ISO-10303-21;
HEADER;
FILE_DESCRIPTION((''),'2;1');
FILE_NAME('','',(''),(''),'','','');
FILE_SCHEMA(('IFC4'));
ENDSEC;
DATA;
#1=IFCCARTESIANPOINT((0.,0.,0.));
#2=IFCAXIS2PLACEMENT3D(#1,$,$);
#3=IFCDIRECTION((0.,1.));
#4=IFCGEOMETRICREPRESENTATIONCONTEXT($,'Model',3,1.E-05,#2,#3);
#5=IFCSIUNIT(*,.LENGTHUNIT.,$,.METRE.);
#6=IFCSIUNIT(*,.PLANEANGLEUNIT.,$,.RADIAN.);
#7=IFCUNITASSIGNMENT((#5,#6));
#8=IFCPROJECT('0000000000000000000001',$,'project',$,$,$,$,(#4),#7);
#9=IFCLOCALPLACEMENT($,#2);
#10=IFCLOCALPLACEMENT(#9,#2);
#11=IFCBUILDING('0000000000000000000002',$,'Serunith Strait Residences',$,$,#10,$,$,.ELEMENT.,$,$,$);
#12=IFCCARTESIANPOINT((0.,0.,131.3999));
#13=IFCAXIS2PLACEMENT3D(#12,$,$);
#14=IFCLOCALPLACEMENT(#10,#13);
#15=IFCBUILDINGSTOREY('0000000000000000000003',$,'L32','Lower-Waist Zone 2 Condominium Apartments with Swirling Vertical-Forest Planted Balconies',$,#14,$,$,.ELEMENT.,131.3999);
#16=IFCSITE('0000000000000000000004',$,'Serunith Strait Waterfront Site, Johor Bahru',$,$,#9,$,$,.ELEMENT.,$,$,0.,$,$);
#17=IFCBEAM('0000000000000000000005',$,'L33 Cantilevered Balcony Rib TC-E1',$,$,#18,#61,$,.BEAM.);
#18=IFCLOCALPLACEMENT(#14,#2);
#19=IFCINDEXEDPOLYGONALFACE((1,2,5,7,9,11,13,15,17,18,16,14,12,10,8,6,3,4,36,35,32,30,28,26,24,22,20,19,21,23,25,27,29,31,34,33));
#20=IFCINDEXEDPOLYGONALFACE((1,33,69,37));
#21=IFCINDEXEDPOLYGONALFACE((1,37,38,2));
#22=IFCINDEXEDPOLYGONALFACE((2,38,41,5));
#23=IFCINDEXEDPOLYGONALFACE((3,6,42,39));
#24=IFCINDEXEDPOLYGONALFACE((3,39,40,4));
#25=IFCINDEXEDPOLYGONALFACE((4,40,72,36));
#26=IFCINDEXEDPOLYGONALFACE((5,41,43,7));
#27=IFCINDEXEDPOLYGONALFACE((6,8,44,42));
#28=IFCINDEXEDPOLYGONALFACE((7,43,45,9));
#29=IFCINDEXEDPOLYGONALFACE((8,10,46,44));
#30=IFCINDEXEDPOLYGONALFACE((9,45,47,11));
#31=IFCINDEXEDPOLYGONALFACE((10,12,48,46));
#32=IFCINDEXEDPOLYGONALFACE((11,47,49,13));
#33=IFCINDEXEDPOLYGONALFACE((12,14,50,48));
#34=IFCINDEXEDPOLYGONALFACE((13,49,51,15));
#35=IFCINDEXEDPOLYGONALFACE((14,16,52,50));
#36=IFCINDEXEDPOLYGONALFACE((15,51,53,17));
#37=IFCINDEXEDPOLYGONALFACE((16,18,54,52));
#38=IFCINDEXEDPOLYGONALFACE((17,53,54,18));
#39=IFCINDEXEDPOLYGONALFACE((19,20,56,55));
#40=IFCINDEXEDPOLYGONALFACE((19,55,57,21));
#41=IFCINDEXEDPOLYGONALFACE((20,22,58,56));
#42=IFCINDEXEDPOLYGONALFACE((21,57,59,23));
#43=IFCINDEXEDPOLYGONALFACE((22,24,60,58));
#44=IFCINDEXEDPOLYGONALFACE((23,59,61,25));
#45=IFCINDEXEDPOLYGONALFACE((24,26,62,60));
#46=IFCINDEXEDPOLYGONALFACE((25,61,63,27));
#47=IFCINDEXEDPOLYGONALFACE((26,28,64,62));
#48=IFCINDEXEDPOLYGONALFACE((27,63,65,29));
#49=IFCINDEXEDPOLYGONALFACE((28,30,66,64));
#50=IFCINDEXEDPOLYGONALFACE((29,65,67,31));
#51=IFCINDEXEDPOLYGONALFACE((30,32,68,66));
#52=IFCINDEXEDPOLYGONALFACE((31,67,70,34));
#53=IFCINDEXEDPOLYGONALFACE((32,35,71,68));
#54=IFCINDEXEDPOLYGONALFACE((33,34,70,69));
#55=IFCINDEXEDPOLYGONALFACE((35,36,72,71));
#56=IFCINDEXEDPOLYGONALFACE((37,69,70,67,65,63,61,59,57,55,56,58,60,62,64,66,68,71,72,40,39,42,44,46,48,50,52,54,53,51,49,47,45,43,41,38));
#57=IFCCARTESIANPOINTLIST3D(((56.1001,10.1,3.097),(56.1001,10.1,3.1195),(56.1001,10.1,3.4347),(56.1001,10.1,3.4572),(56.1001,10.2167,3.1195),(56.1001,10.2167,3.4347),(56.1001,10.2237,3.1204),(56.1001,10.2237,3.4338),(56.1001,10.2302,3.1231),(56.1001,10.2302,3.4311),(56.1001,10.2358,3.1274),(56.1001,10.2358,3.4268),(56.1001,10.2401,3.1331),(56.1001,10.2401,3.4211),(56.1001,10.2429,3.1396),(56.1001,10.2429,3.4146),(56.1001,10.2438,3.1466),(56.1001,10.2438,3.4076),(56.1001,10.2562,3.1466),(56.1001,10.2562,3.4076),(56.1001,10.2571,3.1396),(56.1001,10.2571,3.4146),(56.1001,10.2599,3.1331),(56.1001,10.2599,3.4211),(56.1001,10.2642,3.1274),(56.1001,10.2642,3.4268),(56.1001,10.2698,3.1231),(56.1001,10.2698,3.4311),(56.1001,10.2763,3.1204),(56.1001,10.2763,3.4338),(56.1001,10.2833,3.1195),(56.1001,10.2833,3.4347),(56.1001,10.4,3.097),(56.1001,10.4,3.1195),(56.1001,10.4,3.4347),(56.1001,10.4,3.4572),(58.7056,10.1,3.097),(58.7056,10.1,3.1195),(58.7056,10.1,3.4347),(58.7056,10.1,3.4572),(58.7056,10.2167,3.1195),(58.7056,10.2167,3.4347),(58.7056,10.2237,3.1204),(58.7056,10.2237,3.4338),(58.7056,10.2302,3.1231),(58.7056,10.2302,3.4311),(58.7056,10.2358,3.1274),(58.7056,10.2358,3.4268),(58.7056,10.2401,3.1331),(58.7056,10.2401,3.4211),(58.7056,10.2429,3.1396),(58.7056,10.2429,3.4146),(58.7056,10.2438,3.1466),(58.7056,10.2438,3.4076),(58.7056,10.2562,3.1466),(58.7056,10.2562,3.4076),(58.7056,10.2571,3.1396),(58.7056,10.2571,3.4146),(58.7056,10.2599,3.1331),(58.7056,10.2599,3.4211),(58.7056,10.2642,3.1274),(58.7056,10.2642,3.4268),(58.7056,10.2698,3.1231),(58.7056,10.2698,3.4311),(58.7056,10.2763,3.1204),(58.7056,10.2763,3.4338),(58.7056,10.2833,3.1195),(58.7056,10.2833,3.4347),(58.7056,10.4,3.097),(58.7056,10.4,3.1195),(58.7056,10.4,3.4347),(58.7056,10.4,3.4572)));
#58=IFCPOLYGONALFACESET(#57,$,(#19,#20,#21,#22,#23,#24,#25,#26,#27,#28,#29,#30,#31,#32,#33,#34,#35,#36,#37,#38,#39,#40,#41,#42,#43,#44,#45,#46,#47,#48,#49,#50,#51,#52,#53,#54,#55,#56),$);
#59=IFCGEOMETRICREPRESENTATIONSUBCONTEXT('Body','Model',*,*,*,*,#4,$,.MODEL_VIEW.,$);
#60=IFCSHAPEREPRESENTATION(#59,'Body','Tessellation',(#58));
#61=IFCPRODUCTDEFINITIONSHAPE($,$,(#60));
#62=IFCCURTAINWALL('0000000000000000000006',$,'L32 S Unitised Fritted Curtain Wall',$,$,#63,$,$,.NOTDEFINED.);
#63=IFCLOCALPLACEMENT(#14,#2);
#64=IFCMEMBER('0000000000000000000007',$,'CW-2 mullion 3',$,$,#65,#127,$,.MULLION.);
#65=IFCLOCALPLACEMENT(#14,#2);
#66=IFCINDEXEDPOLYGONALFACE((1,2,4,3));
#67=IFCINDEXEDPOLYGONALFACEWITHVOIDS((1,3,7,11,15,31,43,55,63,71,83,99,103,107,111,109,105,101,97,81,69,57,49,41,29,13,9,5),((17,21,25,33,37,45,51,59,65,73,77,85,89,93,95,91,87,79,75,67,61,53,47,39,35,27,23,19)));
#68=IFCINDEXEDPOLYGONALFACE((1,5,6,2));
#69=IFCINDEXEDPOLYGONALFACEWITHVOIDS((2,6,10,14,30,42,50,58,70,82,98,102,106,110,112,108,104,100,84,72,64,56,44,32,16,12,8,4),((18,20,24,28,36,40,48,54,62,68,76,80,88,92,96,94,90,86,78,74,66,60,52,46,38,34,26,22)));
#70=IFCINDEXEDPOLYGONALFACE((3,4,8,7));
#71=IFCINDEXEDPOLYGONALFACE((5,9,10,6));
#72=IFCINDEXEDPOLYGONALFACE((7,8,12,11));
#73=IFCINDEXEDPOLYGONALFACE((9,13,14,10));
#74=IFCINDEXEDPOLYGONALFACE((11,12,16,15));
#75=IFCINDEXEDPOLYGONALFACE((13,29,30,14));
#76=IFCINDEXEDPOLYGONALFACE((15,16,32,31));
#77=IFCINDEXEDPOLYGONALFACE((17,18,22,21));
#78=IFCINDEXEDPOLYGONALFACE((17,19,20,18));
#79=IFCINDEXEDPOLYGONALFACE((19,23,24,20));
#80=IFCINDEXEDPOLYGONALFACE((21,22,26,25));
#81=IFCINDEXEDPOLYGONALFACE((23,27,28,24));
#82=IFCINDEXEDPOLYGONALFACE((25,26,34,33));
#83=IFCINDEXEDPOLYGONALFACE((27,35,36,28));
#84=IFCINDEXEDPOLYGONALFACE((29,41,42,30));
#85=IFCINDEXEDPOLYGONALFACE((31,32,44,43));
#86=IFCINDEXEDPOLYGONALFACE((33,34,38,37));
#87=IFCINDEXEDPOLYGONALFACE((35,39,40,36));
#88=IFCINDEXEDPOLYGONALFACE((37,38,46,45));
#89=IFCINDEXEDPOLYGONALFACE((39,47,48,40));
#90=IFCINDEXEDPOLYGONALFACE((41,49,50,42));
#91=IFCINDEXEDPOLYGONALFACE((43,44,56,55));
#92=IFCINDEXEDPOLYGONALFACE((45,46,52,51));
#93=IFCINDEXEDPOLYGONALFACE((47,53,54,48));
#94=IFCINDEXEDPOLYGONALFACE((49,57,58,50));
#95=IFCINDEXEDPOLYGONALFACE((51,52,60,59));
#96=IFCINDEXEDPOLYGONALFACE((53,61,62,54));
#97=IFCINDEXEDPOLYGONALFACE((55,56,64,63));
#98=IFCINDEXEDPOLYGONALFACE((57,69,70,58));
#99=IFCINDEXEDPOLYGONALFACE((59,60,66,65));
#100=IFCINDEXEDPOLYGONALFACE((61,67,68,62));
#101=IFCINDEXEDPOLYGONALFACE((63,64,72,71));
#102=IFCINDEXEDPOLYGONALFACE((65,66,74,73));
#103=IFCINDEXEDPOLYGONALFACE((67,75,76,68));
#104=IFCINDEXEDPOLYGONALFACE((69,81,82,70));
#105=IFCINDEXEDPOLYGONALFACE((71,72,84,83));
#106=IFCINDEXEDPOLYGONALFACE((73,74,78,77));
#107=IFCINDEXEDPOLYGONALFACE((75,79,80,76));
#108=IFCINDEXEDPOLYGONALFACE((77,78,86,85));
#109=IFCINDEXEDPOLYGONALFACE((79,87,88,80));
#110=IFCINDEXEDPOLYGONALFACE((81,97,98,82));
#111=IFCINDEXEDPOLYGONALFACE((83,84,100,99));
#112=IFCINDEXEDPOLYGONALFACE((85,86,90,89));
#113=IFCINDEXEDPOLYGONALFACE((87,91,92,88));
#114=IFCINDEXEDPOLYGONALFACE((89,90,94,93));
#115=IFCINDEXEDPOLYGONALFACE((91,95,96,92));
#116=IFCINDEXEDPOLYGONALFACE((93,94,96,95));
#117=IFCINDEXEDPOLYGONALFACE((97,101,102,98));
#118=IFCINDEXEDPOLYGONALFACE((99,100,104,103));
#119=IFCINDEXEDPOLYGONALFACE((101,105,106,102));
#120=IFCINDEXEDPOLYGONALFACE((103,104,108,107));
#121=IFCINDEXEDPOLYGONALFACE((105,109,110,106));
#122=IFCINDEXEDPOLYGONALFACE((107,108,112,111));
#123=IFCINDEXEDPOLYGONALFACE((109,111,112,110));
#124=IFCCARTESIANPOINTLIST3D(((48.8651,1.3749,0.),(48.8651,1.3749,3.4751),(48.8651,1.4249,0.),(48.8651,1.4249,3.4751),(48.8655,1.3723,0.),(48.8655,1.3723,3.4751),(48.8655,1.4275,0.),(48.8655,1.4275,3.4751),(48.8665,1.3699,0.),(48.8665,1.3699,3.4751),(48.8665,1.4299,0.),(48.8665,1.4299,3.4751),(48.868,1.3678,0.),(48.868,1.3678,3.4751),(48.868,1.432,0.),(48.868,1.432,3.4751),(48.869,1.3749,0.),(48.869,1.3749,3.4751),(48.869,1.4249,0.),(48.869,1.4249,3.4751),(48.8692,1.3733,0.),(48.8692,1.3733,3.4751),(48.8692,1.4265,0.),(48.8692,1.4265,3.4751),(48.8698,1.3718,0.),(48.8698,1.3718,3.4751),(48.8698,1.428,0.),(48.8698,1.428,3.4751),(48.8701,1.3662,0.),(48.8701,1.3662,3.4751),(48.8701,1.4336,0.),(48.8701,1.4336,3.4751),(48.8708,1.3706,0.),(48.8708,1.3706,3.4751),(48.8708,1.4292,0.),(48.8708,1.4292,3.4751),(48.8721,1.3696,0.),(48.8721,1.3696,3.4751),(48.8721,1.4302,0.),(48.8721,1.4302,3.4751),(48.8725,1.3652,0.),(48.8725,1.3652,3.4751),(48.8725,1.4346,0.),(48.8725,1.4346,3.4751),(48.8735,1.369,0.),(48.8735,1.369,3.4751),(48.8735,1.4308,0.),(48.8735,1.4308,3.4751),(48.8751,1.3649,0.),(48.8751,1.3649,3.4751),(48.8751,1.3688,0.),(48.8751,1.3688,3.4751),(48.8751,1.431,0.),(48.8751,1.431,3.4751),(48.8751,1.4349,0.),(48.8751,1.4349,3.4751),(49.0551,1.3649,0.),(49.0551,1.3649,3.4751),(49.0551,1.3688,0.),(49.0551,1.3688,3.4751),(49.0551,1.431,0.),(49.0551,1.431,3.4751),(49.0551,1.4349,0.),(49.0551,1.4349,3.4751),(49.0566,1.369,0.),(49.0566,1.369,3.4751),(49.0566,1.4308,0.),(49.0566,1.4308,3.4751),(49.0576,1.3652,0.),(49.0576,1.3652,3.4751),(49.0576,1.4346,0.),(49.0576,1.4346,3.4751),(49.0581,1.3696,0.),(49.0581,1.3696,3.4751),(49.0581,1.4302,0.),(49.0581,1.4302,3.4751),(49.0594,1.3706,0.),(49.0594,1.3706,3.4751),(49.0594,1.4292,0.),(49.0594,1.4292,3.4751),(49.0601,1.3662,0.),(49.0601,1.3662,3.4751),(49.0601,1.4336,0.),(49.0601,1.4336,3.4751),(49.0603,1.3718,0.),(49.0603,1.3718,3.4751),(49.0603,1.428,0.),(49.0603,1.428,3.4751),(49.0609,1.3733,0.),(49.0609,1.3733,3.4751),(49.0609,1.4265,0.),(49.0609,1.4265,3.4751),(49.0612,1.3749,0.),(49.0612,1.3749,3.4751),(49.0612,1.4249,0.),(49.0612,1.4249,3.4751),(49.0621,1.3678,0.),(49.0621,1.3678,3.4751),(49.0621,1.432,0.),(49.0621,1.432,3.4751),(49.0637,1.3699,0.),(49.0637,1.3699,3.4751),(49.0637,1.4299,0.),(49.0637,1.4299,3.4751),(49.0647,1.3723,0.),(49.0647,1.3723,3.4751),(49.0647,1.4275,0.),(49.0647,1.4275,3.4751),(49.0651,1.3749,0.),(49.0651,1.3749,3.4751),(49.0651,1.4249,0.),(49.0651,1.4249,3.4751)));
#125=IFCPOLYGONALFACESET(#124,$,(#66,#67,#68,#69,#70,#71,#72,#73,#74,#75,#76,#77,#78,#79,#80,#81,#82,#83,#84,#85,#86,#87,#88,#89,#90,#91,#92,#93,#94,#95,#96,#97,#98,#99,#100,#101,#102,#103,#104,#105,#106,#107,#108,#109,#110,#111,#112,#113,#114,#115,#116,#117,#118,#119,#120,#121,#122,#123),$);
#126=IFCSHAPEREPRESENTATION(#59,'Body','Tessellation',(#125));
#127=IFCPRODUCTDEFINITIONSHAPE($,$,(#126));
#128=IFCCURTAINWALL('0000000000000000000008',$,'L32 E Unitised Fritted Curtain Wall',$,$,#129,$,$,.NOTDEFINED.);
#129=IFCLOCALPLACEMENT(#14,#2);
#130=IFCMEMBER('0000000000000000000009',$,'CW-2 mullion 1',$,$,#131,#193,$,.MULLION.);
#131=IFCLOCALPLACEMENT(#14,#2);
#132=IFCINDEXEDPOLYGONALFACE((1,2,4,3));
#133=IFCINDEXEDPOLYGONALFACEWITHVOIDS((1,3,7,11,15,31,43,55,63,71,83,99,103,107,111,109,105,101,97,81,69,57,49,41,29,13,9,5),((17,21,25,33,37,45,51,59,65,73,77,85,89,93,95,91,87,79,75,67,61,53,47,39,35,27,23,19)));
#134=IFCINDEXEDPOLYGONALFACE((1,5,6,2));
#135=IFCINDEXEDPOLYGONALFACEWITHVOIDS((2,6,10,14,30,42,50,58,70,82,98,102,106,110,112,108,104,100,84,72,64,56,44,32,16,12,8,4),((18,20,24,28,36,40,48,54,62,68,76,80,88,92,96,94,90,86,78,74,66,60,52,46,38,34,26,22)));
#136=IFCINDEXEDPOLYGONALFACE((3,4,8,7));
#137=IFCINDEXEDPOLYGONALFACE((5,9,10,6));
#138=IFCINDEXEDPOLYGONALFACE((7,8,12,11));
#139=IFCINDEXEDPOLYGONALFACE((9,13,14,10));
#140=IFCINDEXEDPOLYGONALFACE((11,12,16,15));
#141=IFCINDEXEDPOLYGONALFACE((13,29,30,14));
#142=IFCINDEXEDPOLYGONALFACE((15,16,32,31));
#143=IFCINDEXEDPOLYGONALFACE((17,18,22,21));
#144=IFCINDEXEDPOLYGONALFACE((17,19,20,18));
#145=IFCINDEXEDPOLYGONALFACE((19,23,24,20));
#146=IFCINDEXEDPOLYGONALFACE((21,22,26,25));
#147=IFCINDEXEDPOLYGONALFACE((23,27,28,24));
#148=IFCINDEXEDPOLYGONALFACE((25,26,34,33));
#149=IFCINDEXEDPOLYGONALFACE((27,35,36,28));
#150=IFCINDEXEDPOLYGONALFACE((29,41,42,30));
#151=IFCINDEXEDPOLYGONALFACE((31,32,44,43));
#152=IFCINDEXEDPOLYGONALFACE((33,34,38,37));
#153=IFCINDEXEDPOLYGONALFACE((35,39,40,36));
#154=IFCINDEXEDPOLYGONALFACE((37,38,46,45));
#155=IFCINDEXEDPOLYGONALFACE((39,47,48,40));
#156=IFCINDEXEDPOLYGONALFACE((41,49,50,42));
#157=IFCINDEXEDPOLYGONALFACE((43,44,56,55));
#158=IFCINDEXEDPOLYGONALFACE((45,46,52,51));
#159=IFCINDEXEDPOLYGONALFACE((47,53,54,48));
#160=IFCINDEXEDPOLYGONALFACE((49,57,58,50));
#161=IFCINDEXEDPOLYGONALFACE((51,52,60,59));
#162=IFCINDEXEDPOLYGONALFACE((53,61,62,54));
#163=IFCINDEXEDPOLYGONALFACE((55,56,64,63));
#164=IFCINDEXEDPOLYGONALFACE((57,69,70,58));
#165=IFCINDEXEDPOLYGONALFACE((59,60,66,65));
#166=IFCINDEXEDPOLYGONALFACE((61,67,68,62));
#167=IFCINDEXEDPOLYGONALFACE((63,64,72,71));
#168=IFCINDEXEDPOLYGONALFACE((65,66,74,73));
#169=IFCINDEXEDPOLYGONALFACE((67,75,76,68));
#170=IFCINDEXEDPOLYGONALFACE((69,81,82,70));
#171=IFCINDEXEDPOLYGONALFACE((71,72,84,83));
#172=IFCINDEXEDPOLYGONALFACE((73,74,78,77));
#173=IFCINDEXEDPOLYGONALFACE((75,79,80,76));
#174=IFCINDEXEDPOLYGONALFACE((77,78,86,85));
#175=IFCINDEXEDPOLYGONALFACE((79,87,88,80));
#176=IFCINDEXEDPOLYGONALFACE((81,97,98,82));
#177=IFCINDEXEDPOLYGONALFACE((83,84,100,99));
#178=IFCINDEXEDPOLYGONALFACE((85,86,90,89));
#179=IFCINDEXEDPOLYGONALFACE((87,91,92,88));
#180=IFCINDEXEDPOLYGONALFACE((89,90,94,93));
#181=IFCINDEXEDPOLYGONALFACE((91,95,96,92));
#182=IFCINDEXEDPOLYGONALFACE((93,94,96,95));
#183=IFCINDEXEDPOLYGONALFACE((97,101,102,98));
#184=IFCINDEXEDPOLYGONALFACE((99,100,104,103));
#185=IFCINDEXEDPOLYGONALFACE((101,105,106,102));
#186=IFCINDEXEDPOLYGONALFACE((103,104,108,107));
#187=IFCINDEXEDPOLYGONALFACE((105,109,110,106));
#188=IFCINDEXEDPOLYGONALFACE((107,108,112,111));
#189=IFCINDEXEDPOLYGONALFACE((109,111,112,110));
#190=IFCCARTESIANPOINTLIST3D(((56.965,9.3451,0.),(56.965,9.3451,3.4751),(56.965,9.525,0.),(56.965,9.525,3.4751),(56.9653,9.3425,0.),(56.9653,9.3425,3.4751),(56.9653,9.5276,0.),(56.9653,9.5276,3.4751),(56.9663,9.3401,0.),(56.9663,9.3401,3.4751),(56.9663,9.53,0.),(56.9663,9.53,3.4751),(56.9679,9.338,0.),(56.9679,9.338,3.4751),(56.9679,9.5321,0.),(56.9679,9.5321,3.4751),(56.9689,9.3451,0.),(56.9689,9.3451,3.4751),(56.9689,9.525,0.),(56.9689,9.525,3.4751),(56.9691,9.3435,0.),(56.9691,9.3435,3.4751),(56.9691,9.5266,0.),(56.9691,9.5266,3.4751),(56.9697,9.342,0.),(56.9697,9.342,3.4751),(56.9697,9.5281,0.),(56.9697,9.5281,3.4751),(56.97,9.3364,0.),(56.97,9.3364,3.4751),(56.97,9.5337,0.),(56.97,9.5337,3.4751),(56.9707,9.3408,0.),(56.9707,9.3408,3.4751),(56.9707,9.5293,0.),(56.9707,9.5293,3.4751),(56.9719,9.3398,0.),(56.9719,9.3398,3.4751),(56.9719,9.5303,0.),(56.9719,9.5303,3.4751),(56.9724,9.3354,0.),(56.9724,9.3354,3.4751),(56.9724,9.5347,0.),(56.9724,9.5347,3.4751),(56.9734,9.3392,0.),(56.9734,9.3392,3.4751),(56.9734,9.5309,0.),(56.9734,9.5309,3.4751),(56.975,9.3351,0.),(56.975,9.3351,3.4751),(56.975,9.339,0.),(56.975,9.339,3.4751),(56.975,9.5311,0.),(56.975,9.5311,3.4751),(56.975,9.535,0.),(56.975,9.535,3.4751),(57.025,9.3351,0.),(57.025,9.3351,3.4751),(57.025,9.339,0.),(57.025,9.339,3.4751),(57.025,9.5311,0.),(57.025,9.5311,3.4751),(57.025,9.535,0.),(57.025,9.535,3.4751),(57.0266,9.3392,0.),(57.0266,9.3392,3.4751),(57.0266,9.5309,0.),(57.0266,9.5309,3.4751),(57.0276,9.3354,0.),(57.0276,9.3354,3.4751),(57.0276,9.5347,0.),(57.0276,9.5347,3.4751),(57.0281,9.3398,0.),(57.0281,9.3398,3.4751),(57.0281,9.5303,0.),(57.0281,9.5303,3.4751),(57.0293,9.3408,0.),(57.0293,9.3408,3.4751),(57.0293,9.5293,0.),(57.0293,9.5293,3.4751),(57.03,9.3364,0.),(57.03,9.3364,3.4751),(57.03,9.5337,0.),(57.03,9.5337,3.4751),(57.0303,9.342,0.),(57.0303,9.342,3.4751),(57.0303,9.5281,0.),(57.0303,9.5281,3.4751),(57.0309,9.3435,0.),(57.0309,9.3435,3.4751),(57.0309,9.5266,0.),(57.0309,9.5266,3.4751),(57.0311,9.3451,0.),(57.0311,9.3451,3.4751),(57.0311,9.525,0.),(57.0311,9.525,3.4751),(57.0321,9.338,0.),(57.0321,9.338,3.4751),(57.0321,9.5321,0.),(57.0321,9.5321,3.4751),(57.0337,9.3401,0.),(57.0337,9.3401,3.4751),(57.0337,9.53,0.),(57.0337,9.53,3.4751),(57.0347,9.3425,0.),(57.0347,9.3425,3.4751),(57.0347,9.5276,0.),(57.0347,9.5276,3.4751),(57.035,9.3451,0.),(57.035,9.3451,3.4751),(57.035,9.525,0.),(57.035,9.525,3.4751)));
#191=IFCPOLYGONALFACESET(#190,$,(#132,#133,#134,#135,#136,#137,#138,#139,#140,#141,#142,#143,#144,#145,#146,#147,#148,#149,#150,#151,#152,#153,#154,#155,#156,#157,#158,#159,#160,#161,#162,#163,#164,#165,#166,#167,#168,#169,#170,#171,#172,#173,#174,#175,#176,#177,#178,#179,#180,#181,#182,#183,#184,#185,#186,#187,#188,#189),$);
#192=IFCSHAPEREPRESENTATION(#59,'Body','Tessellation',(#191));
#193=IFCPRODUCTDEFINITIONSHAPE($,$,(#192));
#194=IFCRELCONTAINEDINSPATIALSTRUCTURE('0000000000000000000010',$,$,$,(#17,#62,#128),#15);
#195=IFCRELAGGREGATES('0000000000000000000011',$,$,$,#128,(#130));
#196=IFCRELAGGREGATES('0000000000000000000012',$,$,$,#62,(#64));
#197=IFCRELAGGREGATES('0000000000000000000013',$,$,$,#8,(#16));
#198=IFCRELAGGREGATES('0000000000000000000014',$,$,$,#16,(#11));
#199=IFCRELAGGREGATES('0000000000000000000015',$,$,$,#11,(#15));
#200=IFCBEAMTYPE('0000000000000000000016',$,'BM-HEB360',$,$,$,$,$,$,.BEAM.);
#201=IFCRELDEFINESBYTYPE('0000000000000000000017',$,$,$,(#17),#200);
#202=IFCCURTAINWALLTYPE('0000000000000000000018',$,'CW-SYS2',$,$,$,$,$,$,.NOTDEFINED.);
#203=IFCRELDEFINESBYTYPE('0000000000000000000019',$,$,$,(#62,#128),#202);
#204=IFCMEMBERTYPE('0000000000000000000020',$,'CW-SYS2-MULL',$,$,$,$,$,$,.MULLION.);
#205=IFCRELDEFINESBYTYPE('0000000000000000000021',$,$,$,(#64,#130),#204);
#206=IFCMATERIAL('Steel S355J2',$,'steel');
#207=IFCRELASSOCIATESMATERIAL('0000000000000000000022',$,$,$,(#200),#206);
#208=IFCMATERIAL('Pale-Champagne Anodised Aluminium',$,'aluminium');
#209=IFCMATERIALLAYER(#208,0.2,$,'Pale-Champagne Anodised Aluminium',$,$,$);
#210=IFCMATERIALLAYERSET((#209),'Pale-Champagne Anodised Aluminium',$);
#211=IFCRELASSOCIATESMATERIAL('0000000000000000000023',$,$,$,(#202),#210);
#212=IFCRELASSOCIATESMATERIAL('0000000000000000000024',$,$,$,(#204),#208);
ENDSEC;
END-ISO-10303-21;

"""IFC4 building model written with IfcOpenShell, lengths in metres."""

from ifc_helpers import new_model, si_unit, direction, frame, origin, origin_2d, place, context, subcontext, project, spatial, hollow_rectangle, i_section, extrude, source, transform, mapped, material, layer, layer_set, material_profile, profile_set, type_object, element, aggregate, save


model = new_model("IFC4")

# Units and contexts
model_context = context("Model", 3, precision=1e-05, world=origin(), true_north=direction((0.0, 1.0)))
body_context = subcontext(model_context, "Body", "Model", "MODEL_VIEW")
ifc_project = project(units=[si_unit("LENGTHUNIT", "METRE"), si_unit("PLANEANGLEUNIT", "RADIAN")], contexts=[model_context])

# Site, building, storey
site_placement = place(None, origin())
site = spatial("IfcSite", under=ifc_project, at=site_placement, Name="Serunith Strait Waterfront Site, Johor Bahru", CompositionType="ELEMENT", RefElevation=0.0)
building_placement = place(site_placement, origin())
building = spatial("IfcBuilding", under=site, at=building_placement, Name="Serunith Strait Residences", CompositionType="ELEMENT")
storey_placement = place(building_placement, frame((0.0, 0.0, 131.3999)))
storey = spatial("IfcBuildingStorey", under=building, at=storey_placement, Name="L32", Description="Lower-Waist Zone 2 Condominium Apartments with Swirling Vertical-Forest Planted Balconies", CompositionType="ELEMENT", Elevation=131.3999)

# Beam
ifc_material_1 = material(Name="Steel S355J2", Category="steel")
ifc_material_profile_1 = material_profile(ifc_material_1, i_section(OverallWidth=0.3, OverallDepth=0.3601, WebThickness=0.0125, FlangeThickness=0.0225, FilletRadius=0.0271, at=origin_2d()), Name="HEB 360")
ifc_profile_set_1 = profile_set([ifc_material_profile_1], Name="Steel S355J2")
beam_type_1 = type_object("IfcBeamType", Name="BM-HEB360", PredefinedType="BEAM", material=ifc_profile_set_1)
shared_shape_1 = source(origin(), body_context, "Body", "SweptSolid", [
    extrude(i_section(OverallWidth=0.3, OverallDepth=0.3601, WebThickness=0.0125, FlangeThickness=0.0225, FilletRadius=0.0271, at=origin_2d()), origin(), (0.0, 0.0, 1.0), 2.6055),
])
beam_1_placement = place(storey_placement, frame((56.1001, 10.25, 3.2771), z_axis=(1.0, 0.0, 0.0), x_axis=(0.0, 1.0, 0.0)))
element("IfcBeam", 1, at=beam_1_placement, inside=storey, type_object=beam_type_1, Name="L33 Cantilevered Balcony Rib TC-E1", PredefinedType="BEAM", context=body_context, shape_type="MappedRepresentation", body=[
    mapped(shared_shape_1, transform((0.0, 0.0, 0.0), scale=1.0)),
])

# Curtain wall, member
ifc_material_2 = material(Name="Pale-Champagne Anodised Aluminium", Category="aluminium")
ifc_layer_1 = layer(ifc_material_2, 0.2, Name="Pale-Champagne Anodised Aluminium")
ifc_layer_set_1 = layer_set([ifc_layer_1], Name="Pale-Champagne Anodised Aluminium")
curtain_wall_type = type_object("IfcCurtainWallType", Name="CW-SYS2", PredefinedType="NOTDEFINED", material=ifc_layer_set_1)
curtain_wall_1_placement = place(storey_placement, origin())
curtain_wall_1 = element("IfcCurtainWall", 2, at=curtain_wall_1_placement, inside=storey, type_object=curtain_wall_type, Name="L32 S Unitised Fritted Curtain Wall", PredefinedType="NOTDEFINED")
ifc_material_profile_2 = material_profile(ifc_material_2, hollow_rectangle(XDim=0.0701, YDim=0.2, WallThickness=0.0039, InnerFilletRadius=0.0061, OuterFilletRadius=0.01, at=origin_2d()), Name="ALU 200x70x4")
ifc_profile_set_2 = profile_set([ifc_material_profile_2], Name="Pale-Champagne Anodised Aluminium")
member_type_1 = type_object("IfcMemberType", Name="CW-SYS2-MULL", PredefinedType="MULLION", material=ifc_profile_set_2)
shared_shape_2 = source(origin(), body_context, "Body", "SweptSolid", [
    extrude(hollow_rectangle(XDim=0.0701, YDim=0.2, WallThickness=0.0039, InnerFilletRadius=0.0061, OuterFilletRadius=0.01, at=origin_2d()), origin(), (0.0, 0.0, 1.0), 3.4751),
])
member_1_placement = place(storey_placement, frame((48.9651, 1.3999, 0.0), z_axis=(0.0, 0.0, 1.0), x_axis=(0.0, 1.0, 0.0)))
member_1 = element("IfcMember", 3, at=member_1_placement, type_object=member_type_1, Name="CW-2 mullion 3", PredefinedType="MULLION", context=body_context, shape_type="MappedRepresentation", body=[
    mapped(shared_shape_2, transform((0.0, 0.0, 0.0), scale=1.0)),
])

# Curtain wall, member
curtain_wall_2_placement = place(storey_placement, origin())
curtain_wall_2 = element("IfcCurtainWall", 4, at=curtain_wall_2_placement, inside=storey, type_object=curtain_wall_type, Name="L32 E Unitised Fritted Curtain Wall", PredefinedType="NOTDEFINED")
member_2_placement = place(storey_placement, frame((57.0, 9.4351, 0.0), z_axis=(0.0, 0.0, 1.0), x_axis=(-1.0, 0.0, 0.0)))
member_2 = element("IfcMember", 5, at=member_2_placement, type_object=member_type_1, Name="CW-2 mullion 1", PredefinedType="MULLION", context=body_context, shape_type="MappedRepresentation", body=[
    mapped(shared_shape_2, transform((0.0, 0.0, 0.0), scale=1.0)),
])
aggregate(curtain_wall_2, [member_2])

aggregate(curtain_wall_1, [member_1])

save(model, "model.ifc")
